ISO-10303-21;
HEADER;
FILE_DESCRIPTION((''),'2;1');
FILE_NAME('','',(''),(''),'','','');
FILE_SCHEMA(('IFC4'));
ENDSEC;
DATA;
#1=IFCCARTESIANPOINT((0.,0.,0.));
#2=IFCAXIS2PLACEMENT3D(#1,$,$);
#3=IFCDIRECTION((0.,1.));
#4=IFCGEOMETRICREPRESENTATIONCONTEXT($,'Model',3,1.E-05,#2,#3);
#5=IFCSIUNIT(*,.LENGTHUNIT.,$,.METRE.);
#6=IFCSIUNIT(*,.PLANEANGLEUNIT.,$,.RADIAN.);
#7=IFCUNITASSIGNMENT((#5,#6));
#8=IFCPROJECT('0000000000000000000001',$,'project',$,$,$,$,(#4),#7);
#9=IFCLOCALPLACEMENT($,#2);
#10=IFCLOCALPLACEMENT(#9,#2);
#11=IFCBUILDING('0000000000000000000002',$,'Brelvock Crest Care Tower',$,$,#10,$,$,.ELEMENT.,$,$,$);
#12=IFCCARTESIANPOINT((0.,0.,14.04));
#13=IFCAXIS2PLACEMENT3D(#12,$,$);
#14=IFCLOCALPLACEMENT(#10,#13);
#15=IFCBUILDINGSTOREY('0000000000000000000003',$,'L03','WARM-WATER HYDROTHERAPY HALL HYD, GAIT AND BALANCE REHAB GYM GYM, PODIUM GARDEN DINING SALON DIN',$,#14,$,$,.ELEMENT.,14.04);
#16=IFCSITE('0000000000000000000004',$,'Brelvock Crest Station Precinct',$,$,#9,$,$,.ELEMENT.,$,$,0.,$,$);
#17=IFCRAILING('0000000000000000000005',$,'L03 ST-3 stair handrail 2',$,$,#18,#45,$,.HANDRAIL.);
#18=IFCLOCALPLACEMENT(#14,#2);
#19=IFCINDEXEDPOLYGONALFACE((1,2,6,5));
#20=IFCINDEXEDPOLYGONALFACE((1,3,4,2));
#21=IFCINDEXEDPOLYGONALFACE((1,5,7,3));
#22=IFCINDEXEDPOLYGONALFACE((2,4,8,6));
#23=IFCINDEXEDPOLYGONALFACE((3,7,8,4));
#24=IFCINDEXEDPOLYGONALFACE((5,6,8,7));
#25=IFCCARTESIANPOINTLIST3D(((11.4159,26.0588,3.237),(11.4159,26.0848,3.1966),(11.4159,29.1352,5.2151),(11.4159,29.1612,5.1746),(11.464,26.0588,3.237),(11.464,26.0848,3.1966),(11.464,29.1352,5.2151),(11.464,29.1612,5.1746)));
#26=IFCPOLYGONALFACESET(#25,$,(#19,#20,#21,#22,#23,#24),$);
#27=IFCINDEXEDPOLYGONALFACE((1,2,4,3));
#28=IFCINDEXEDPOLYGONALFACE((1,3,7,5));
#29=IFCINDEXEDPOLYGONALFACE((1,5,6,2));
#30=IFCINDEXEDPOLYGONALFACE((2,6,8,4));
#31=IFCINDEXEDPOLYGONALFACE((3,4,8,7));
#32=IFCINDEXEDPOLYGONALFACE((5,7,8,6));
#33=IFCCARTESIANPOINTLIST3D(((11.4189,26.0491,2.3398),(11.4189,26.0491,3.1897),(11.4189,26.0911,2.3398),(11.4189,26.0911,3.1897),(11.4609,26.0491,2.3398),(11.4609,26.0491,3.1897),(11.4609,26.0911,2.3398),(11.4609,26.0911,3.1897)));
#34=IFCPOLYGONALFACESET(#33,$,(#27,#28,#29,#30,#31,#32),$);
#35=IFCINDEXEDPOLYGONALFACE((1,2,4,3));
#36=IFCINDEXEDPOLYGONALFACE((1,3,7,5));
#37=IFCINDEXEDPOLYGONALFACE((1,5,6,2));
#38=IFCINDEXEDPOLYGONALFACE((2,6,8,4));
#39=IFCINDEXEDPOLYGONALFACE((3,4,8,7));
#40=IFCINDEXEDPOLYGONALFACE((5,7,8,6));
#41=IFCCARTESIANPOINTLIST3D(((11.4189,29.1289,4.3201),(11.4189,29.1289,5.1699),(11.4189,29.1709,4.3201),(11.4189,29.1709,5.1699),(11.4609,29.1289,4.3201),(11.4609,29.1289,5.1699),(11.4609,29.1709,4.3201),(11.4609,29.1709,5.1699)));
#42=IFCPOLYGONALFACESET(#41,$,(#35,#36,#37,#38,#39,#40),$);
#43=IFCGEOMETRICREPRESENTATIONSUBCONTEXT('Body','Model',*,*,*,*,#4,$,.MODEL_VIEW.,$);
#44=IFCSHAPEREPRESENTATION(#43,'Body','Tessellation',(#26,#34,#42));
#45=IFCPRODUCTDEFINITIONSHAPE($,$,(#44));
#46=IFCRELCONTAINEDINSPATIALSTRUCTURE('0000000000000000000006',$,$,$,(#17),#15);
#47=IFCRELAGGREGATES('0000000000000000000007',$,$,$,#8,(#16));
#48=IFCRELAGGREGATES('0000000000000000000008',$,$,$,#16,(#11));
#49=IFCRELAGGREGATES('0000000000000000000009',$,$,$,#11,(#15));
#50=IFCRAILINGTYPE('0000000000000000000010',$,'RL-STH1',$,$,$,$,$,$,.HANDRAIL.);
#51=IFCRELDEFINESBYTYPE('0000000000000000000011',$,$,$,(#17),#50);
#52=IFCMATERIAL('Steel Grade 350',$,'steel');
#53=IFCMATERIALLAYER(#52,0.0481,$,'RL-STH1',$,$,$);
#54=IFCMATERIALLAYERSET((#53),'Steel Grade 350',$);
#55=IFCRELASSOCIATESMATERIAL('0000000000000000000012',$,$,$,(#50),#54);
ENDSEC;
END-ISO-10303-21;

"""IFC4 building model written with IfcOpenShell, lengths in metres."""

from ifc_helpers import new_model, si_unit, direction, frame, origin, origin_2d, place, context, subcontext, project, spatial, rectangle, extrude, material, layer, layer_set, type_object, element, save


model = new_model("IFC4")

# Units and contexts
model_context = context("Model", 3, precision=1e-05, world=origin(), true_north=direction((0.0, 1.0)))
body_context = subcontext(model_context, "Body", "Model", "MODEL_VIEW")
ifc_project = project(units=[si_unit("LENGTHUNIT", "METRE"), si_unit("PLANEANGLEUNIT", "RADIAN")], contexts=[model_context])

# Site, building, storey
site_placement = place(None, origin())
site = spatial("IfcSite", under=ifc_project, at=site_placement, Name="Brelvock Crest Station Precinct", CompositionType="ELEMENT", RefElevation=0.0)
building_placement = place(site_placement, origin())
building = spatial("IfcBuilding", under=site, at=building_placement, Name="Brelvock Crest Care Tower", CompositionType="ELEMENT")
storey_placement = place(building_placement, frame((0.0, 0.0, 14.04)))
storey = spatial("IfcBuildingStorey", under=building, at=storey_placement, Name="L03", Description="WARM-WATER HYDROTHERAPY HALL HYD, GAIT AND BALANCE REHAB GYM GYM, PODIUM GARDEN DINING SALON DIN", CompositionType="ELEMENT", Elevation=14.04)

# Shared definitions
ifc_material_1 = material(Name="Steel Grade 350", Category="steel")

# Railing
ifc_layer_1 = layer(ifc_material_1, 0.0481, Name="RL-STH1")
ifc_layer_set_1 = layer_set([ifc_layer_1], Name="Steel Grade 350")
railing_type_1 = type_object("IfcRailingType", Name="RL-STH1", PredefinedType="HANDRAIL", material=ifc_layer_set_1)
railing_1_placement = place(storey_placement, frame((11.4399, 26.0701, 2.3398)))
element("IfcRailing", 1, at=railing_1_placement, inside=storey, type_object=railing_type_1, Name="L03 ST-3 stair handrail 2", PredefinedType="HANDRAIL", context=body_context, shape_type="SweptSolid", body=[
    extrude(rectangle(XDim=0.0481, YDim=0.0481, at=origin_2d()), frame((0.0, 0.0017, 0.877), z_axis=(0.0, 0.841137, 0.540822), x_axis=(-1.0, 0.0, 0.0)), (0.0, 0.0, 1.0), 3.6575),
    extrude(rectangle(XDim=0.042, YDim=0.042, at=origin_2d()), origin(), (0.0, 0.0, 1.0), 0.8499),
    extrude(rectangle(XDim=0.042, YDim=0.042, at=origin_2d()), frame((0.0, 3.0798, 1.9802)), (0.0, 0.0, 1.0), 0.8499),
])

save(model, "model.ifc")
